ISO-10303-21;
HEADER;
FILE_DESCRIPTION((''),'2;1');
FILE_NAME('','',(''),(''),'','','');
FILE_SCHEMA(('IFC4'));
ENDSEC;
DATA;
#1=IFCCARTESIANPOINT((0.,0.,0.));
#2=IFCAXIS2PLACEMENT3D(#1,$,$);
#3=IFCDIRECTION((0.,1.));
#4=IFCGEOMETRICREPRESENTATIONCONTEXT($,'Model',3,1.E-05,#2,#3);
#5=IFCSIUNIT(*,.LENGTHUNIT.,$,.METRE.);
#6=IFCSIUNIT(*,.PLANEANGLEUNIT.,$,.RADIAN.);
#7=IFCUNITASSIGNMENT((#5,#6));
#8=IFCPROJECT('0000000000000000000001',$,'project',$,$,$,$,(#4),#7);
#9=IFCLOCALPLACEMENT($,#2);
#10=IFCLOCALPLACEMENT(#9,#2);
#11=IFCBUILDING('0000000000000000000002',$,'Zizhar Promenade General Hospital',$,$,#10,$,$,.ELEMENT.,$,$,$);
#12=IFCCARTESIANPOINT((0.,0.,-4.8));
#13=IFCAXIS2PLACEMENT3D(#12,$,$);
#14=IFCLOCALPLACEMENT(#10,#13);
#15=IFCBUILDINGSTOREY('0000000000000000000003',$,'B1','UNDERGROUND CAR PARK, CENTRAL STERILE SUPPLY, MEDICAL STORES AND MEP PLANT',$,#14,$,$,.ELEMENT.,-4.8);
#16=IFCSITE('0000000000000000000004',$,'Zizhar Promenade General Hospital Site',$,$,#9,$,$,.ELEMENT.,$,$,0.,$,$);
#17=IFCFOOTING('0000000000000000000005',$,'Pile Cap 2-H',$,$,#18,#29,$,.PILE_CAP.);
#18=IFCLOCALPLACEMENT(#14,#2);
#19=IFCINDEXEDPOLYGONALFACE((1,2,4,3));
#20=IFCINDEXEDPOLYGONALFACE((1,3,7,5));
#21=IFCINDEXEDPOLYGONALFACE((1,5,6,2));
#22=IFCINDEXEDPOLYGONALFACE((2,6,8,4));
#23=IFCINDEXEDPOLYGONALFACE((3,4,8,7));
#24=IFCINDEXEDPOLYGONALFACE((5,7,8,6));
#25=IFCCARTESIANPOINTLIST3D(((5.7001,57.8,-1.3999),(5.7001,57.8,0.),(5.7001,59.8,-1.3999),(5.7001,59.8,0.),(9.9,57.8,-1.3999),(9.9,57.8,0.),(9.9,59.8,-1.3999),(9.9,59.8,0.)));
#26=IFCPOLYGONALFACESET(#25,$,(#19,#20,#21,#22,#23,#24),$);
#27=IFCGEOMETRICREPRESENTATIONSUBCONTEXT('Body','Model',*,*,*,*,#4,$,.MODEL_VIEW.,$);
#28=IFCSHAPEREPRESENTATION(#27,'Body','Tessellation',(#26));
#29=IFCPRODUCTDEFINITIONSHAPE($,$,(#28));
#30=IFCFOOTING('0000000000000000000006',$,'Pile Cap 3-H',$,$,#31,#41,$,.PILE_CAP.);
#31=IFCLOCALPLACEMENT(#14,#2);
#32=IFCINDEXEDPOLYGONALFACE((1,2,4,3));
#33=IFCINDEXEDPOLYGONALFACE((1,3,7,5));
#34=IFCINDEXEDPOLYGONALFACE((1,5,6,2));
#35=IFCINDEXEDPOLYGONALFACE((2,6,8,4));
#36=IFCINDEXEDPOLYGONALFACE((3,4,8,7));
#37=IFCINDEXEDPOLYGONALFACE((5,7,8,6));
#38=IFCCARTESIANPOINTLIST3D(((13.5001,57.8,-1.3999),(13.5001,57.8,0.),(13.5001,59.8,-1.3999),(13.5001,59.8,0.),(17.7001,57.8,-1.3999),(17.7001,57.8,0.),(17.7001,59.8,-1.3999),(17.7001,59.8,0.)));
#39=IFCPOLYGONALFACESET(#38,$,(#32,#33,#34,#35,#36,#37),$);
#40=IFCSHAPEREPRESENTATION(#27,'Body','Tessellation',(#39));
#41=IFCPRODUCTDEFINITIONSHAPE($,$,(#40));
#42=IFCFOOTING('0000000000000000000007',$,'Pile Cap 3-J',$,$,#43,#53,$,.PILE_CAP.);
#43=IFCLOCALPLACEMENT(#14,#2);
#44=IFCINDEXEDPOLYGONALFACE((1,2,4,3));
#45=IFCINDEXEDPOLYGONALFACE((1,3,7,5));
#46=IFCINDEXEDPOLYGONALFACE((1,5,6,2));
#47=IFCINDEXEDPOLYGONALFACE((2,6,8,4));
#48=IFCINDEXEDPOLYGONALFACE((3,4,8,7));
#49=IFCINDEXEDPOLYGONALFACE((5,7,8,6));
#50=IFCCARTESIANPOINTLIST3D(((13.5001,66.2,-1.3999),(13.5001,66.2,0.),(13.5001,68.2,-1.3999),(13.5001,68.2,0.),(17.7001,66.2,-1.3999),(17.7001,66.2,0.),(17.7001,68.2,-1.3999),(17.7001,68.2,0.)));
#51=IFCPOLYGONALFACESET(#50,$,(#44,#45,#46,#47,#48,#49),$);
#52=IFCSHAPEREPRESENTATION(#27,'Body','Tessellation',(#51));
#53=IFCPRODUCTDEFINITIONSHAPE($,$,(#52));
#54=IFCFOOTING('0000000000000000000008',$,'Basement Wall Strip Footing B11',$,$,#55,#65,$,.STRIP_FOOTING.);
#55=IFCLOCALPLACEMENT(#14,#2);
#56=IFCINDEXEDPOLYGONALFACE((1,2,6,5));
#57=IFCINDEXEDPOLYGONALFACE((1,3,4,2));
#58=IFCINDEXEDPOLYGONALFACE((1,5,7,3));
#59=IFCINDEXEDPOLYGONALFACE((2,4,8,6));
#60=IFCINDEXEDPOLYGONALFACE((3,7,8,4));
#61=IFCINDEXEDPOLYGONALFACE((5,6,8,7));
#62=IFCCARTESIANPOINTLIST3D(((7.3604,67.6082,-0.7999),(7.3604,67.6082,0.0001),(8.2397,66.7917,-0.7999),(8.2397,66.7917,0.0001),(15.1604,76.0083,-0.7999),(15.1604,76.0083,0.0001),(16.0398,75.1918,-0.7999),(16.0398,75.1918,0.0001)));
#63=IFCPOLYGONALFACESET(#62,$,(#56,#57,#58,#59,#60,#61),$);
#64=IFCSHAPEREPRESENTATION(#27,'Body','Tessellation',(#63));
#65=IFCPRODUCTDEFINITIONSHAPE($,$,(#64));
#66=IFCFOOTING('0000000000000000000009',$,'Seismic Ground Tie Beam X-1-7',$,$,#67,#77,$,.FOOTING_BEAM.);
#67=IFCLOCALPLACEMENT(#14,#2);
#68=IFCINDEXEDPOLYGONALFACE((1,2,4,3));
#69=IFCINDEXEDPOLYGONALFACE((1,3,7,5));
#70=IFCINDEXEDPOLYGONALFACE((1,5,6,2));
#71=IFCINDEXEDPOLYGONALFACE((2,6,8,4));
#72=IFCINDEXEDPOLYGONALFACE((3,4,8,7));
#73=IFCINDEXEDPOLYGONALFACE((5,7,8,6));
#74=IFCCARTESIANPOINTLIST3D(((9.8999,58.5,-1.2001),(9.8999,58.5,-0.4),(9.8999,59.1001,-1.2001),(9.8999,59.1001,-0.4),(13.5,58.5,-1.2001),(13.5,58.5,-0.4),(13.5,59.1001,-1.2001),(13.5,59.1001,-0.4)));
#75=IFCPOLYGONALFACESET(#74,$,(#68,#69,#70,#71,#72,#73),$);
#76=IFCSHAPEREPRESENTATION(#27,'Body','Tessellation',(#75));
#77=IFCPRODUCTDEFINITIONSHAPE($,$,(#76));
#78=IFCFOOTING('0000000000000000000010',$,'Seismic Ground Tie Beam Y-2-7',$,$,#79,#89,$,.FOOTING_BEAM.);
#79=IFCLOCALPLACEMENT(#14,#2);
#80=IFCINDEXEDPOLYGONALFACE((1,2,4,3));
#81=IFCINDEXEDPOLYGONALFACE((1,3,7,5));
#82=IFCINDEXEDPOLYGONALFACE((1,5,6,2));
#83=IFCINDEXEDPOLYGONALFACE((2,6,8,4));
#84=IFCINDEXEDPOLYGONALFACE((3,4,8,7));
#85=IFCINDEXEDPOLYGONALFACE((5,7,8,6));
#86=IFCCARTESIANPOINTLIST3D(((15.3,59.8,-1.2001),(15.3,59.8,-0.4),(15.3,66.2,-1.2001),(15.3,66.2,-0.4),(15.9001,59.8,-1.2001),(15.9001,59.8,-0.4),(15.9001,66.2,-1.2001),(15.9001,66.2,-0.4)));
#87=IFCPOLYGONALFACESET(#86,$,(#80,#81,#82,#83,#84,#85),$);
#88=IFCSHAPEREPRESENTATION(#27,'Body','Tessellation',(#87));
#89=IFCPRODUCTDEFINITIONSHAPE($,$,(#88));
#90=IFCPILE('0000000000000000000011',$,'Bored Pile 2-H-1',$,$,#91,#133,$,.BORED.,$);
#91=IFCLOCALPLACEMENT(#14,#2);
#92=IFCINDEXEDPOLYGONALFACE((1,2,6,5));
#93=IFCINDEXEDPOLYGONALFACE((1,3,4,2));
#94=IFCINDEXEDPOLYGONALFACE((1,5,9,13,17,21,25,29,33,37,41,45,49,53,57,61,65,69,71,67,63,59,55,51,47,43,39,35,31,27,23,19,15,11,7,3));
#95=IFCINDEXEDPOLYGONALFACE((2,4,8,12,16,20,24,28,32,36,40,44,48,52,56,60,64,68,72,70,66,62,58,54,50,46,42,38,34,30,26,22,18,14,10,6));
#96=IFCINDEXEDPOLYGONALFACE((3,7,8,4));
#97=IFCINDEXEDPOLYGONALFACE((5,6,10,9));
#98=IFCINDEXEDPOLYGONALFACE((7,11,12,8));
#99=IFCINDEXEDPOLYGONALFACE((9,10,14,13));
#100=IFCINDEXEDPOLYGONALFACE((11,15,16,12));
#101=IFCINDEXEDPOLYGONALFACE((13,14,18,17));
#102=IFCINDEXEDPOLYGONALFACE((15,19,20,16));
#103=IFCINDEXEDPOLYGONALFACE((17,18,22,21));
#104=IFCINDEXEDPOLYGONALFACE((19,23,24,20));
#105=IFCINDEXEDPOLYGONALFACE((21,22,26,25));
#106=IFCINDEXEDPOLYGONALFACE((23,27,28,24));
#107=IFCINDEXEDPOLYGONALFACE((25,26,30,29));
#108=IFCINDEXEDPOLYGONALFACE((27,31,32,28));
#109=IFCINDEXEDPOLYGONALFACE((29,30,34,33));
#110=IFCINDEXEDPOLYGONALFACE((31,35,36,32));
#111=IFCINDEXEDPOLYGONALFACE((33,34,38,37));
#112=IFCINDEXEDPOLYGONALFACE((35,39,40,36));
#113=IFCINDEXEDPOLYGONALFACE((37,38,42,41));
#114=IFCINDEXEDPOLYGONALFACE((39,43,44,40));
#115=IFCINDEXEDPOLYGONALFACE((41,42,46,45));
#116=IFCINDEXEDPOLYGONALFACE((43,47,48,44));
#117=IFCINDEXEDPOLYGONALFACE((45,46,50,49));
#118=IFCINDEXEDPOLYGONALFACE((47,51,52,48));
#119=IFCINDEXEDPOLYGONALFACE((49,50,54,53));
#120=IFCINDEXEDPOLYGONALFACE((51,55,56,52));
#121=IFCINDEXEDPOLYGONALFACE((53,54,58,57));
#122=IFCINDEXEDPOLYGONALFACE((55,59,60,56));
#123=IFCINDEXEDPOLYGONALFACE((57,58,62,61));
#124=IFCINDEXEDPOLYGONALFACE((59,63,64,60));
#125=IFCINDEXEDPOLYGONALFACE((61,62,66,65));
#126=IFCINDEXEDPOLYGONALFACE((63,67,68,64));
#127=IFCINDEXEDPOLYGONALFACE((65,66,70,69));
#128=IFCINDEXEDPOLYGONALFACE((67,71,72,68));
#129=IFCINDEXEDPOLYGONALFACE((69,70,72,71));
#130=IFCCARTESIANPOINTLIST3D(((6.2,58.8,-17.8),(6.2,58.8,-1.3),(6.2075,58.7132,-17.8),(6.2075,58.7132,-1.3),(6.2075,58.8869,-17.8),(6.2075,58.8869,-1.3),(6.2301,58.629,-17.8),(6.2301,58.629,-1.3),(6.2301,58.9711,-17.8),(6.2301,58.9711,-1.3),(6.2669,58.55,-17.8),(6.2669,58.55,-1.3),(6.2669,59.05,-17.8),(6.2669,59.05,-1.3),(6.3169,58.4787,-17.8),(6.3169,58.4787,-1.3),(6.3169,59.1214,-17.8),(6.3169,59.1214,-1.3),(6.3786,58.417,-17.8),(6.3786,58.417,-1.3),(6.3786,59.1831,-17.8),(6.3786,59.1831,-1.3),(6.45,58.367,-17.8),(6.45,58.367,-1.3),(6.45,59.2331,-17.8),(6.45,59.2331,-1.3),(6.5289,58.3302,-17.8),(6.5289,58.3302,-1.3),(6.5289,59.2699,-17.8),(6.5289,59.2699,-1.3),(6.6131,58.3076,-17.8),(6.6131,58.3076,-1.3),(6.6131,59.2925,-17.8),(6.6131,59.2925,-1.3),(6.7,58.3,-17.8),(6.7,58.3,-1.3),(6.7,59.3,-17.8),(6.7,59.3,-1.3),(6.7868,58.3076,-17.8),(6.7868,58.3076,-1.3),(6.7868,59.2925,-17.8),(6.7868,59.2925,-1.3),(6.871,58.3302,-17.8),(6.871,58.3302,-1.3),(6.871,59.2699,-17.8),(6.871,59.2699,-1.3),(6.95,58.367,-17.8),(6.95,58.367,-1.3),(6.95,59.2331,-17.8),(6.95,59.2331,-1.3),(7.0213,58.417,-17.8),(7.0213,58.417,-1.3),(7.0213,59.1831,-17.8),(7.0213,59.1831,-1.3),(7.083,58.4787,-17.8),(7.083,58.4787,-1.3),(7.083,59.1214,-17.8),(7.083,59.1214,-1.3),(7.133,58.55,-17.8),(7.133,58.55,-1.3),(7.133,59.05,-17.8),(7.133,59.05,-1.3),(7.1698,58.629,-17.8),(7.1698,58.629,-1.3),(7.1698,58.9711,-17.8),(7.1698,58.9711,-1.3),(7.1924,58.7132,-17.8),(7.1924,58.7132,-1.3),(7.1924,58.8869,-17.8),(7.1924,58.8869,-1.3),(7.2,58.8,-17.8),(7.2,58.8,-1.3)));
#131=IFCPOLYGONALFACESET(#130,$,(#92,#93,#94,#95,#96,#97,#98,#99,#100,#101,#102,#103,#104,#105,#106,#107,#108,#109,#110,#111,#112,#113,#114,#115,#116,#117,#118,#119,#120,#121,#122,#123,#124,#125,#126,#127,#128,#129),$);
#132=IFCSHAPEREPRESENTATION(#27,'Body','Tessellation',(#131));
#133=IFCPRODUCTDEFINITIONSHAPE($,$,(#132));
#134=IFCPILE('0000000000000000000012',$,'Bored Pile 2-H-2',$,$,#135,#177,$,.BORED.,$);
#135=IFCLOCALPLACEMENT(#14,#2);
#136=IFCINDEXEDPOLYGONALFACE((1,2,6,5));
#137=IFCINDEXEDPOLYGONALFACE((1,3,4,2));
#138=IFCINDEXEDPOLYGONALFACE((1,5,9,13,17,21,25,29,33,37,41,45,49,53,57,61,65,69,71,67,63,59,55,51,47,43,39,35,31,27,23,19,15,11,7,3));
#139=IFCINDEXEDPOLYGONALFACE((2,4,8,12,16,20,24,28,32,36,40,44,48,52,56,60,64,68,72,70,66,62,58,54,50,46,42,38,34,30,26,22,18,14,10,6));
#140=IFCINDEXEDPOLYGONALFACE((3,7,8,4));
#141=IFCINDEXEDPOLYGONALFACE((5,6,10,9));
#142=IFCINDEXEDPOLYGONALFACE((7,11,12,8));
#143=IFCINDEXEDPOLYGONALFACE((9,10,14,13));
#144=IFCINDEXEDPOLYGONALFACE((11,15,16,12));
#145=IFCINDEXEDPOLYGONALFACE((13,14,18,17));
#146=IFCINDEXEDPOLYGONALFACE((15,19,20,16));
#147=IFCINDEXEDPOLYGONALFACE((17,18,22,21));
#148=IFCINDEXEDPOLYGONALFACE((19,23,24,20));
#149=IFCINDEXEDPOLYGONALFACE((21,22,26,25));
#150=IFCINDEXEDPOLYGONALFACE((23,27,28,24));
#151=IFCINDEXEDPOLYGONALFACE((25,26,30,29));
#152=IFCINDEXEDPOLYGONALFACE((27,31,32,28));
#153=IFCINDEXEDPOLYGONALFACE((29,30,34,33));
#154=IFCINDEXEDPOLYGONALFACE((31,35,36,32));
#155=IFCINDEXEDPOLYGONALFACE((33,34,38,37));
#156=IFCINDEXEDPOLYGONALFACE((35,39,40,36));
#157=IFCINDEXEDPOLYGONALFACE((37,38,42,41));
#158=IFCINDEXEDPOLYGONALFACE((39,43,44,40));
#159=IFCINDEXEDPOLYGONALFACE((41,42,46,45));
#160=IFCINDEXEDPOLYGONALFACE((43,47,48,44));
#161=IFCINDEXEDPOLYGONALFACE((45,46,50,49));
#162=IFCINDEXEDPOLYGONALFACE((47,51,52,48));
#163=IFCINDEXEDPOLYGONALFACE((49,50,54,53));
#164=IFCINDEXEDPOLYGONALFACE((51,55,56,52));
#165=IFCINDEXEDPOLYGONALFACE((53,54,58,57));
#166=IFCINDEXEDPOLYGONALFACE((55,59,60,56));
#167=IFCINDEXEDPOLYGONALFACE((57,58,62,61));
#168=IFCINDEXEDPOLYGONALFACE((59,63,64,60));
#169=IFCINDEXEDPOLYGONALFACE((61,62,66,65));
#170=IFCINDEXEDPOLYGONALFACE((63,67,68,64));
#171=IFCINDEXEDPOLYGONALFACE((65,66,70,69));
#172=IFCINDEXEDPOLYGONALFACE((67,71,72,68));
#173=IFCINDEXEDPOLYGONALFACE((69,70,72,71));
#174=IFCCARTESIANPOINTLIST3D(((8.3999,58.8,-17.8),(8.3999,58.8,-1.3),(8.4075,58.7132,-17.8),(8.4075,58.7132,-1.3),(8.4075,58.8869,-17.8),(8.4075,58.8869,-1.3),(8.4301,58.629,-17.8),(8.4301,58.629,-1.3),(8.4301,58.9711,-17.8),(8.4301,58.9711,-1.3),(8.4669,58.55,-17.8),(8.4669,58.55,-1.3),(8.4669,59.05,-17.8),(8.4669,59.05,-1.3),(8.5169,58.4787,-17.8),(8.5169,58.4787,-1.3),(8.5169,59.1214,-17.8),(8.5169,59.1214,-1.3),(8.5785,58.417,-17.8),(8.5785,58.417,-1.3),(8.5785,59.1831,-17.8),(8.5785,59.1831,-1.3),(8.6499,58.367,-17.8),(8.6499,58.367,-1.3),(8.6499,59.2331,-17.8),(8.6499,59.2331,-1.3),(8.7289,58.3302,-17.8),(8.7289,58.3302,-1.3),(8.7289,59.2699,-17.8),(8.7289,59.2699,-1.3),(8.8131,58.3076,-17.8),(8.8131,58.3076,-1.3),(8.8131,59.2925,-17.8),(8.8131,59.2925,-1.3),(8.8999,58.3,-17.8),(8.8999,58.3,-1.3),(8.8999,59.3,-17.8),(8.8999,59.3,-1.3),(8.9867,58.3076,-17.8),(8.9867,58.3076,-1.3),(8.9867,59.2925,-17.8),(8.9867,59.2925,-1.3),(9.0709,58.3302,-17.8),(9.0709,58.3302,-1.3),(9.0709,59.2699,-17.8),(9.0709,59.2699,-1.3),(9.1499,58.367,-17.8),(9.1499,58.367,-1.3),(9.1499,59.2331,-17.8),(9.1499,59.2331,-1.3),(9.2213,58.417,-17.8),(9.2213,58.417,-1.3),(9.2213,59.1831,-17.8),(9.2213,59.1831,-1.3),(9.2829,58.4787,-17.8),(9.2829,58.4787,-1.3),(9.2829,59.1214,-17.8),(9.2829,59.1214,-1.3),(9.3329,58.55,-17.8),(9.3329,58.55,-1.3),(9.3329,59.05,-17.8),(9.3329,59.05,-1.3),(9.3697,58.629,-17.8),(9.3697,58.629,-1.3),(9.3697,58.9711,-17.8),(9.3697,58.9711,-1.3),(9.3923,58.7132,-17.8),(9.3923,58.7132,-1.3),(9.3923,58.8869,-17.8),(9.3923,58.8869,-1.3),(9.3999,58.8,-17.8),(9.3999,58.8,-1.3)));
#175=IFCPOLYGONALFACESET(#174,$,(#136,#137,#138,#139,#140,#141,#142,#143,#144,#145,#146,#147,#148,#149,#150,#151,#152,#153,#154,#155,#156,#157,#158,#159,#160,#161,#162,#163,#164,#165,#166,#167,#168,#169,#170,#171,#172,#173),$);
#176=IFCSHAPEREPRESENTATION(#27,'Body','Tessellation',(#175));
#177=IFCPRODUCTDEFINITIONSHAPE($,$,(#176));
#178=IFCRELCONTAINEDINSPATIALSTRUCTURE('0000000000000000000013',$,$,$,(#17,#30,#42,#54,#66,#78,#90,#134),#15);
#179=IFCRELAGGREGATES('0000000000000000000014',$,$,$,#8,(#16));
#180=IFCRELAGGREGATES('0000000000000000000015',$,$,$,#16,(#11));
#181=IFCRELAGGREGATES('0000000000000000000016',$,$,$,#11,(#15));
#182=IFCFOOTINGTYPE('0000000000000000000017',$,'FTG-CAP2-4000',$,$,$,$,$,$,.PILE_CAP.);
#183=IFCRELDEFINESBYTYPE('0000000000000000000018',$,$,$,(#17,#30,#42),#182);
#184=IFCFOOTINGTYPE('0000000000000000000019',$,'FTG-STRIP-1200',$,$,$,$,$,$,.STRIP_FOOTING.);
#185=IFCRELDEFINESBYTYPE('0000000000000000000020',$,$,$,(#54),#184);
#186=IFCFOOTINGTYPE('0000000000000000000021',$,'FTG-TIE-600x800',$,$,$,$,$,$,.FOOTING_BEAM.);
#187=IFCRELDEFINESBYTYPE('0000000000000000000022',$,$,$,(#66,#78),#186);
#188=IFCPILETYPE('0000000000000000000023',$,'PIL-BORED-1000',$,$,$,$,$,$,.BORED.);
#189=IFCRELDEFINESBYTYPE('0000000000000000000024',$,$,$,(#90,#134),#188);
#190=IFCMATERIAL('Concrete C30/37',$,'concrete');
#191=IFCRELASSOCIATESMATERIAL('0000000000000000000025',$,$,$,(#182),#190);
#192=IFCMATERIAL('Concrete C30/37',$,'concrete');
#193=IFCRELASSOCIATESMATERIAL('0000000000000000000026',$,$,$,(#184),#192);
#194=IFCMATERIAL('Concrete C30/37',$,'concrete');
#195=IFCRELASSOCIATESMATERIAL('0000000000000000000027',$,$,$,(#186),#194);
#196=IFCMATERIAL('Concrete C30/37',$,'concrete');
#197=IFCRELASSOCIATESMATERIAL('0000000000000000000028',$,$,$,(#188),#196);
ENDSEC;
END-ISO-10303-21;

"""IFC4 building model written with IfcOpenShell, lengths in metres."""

from ifc_helpers import new_model, si_unit, direction, frame, origin, origin_2d, place, context, subcontext, project, spatial, rectangle, circle, extrude, material, material_profile, profile_set, type_object, element, save


model = new_model("IFC4")

# Units and contexts
model_context = context("Model", 3, precision=1e-05, world=origin(), true_north=direction((0.0, 1.0)))
body_context = subcontext(model_context, "Body", "Model", "MODEL_VIEW")
ifc_project = project(units=[si_unit("LENGTHUNIT", "METRE"), si_unit("PLANEANGLEUNIT", "RADIAN")], contexts=[model_context])

# Site, building, storey
site_placement = place(None, origin())
site = spatial("IfcSite", under=ifc_project, at=site_placement, Name="Zizhar Promenade General Hospital Site", CompositionType="ELEMENT", RefElevation=0.0)
building_placement = place(site_placement, origin())
building = spatial("IfcBuilding", under=site, at=building_placement, Name="Zizhar Promenade General Hospital", CompositionType="ELEMENT")
storey_placement = place(building_placement, frame((0.0, 0.0, -4.8)))
storey = spatial("IfcBuildingStorey", under=building, at=storey_placement, Name="B1", Description="UNDERGROUND CAR PARK, CENTRAL STERILE SUPPLY, MEDICAL STORES AND MEP PLANT", CompositionType="ELEMENT", Elevation=-4.8)

# Footings
ifc_material_1 = material(Name="Concrete C30/37", Category="concrete")
footing_type_1 = type_object("IfcFootingType", Name="FTG-CAP2-4000", PredefinedType="PILE_CAP", material=ifc_material_1)
for number, where, z_axis, x_axis, name in (
    (1, (7.8, 58.8, -1.3999), (0.0, 0.0, 1.0), (1.0, 0.0, 0.0), "Pile Cap 2-H"),
    (2, (15.6001, 58.8, -1.3999), (0.0, 0.0, 1.0), (1.0, 0.0, 0.0), "Pile Cap 3-H"),
    (3, (15.6001, 67.2, -1.3999), (0.0, 0.0, 1.0), (1.0, 0.0, 0.0), "Pile Cap 3-J"),
):
    element("IfcFooting", number, at=place(storey_placement, frame(where, z_axis=z_axis, x_axis=x_axis)), inside=storey, type_object=footing_type_1, Name=name, PredefinedType="PILE_CAP", context=body_context, shape_type="SweptSolid", body=[
        extrude(rectangle(XDim=4.2, YDim=2.0, at=origin_2d()), origin(), (0.0, 0.0, 1.0), 1.3999),
    ])
ifc_material_2 = material(Name="Concrete C30/37", Category="concrete")
ifc_material_profile_1 = material_profile(ifc_material_2, rectangle(XDim=1.2, YDim=0.8, at=origin_2d()))
ifc_profile_set_1 = profile_set([ifc_material_profile_1], Name="Concrete C30/37")
footing_type_2 = type_object("IfcFootingType", Name="FTG-STRIP-1200", PredefinedType="STRIP_FOOTING", material=ifc_profile_set_1)
footing_1_placement = place(storey_placement, frame((15.6001, 75.6001, -0.3999), z_axis=(-0.680447, -0.732797, 0.0), x_axis=(0.732797, -0.680447, 0.0)))
element("IfcFooting", 4, at=footing_1_placement, inside=storey, type_object=footing_type_2, Name="Basement Wall Strip Footing B11", PredefinedType="STRIP_FOOTING", context=body_context, shape_type="SweptSolid", body=[
    extrude(rectangle(XDim=1.2, YDim=0.8, at=origin_2d()), origin(), (0.0, 0.0, 1.0), 11.4631),
])
ifc_material_3 = material(Name="Concrete C30/37", Category="concrete")
ifc_material_profile_2 = material_profile(ifc_material_3, rectangle(XDim=0.6001, YDim=0.8, at=origin_2d()))
ifc_profile_set_2 = profile_set([ifc_material_profile_2], Name="Concrete C30/37")
footing_type_3 = type_object("IfcFootingType", Name="FTG-TIE-600x800", PredefinedType="FOOTING_BEAM", material=ifc_profile_set_2)
footing_2_placement = place(storey_placement, frame((9.8999, 58.8, -0.8), z_axis=(1.0, 0.0, 0.0), x_axis=(0.0, 1.0, 0.0)))
element("IfcFooting", 5, at=footing_2_placement, inside=storey, type_object=footing_type_3, Name="Seismic Ground Tie Beam X-1-7", PredefinedType="FOOTING_BEAM", context=body_context, shape_type="SweptSolid", body=[
    extrude(rectangle(XDim=0.6001, YDim=0.8, at=origin_2d()), origin(), (0.0, 0.0, 1.0), 3.6001),
])
footing_3_placement = place(storey_placement, frame((15.6001, 59.8, -0.8), z_axis=(0.0, 1.0, 0.0), x_axis=(-1.0, 0.0, 0.0)))
element("IfcFooting", 6, at=footing_3_placement, inside=storey, type_object=footing_type_3, Name="Seismic Ground Tie Beam Y-2-7", PredefinedType="FOOTING_BEAM", context=body_context, shape_type="SweptSolid", body=[
    extrude(rectangle(XDim=0.6001, YDim=0.8, at=origin_2d()), origin(), (0.0, 0.0, 1.0), 6.3999),
])

# Piles
ifc_material_4 = material(Name="Concrete C30/37", Category="concrete")
ifc_material_profile_3 = material_profile(ifc_material_4, circle(Radius=0.5, at=origin_2d()))
ifc_profile_set_3 = profile_set([ifc_material_profile_3], Name="Concrete C30/37")
pile_type = type_object("IfcPileType", Name="PIL-BORED-1000", PredefinedType="BORED", material=ifc_profile_set_3)
for number, where, z_axis, x_axis, name in (
    (7, (6.7, 58.8, -1.3), (0.0, 0.0, -1.0), (1.0, 0.0, 0.0), "Bored Pile 2-H-1"),
    (8, (8.8999, 58.8, -1.3), (0.0, 0.0, -1.0), (1.0, 0.0, 0.0), "Bored Pile 2-H-2"),
):
    element("IfcPile", number, at=place(storey_placement, frame(where, z_axis=z_axis, x_axis=x_axis)), inside=storey, type_object=pile_type, Name=name, PredefinedType="BORED", context=body_context, shape_type="SweptSolid", body=[
        extrude(circle(Radius=0.5, at=origin_2d()), origin(), (0.0, 0.0, 1.0), 16.5),
    ])

save(model, "model.ifc")
